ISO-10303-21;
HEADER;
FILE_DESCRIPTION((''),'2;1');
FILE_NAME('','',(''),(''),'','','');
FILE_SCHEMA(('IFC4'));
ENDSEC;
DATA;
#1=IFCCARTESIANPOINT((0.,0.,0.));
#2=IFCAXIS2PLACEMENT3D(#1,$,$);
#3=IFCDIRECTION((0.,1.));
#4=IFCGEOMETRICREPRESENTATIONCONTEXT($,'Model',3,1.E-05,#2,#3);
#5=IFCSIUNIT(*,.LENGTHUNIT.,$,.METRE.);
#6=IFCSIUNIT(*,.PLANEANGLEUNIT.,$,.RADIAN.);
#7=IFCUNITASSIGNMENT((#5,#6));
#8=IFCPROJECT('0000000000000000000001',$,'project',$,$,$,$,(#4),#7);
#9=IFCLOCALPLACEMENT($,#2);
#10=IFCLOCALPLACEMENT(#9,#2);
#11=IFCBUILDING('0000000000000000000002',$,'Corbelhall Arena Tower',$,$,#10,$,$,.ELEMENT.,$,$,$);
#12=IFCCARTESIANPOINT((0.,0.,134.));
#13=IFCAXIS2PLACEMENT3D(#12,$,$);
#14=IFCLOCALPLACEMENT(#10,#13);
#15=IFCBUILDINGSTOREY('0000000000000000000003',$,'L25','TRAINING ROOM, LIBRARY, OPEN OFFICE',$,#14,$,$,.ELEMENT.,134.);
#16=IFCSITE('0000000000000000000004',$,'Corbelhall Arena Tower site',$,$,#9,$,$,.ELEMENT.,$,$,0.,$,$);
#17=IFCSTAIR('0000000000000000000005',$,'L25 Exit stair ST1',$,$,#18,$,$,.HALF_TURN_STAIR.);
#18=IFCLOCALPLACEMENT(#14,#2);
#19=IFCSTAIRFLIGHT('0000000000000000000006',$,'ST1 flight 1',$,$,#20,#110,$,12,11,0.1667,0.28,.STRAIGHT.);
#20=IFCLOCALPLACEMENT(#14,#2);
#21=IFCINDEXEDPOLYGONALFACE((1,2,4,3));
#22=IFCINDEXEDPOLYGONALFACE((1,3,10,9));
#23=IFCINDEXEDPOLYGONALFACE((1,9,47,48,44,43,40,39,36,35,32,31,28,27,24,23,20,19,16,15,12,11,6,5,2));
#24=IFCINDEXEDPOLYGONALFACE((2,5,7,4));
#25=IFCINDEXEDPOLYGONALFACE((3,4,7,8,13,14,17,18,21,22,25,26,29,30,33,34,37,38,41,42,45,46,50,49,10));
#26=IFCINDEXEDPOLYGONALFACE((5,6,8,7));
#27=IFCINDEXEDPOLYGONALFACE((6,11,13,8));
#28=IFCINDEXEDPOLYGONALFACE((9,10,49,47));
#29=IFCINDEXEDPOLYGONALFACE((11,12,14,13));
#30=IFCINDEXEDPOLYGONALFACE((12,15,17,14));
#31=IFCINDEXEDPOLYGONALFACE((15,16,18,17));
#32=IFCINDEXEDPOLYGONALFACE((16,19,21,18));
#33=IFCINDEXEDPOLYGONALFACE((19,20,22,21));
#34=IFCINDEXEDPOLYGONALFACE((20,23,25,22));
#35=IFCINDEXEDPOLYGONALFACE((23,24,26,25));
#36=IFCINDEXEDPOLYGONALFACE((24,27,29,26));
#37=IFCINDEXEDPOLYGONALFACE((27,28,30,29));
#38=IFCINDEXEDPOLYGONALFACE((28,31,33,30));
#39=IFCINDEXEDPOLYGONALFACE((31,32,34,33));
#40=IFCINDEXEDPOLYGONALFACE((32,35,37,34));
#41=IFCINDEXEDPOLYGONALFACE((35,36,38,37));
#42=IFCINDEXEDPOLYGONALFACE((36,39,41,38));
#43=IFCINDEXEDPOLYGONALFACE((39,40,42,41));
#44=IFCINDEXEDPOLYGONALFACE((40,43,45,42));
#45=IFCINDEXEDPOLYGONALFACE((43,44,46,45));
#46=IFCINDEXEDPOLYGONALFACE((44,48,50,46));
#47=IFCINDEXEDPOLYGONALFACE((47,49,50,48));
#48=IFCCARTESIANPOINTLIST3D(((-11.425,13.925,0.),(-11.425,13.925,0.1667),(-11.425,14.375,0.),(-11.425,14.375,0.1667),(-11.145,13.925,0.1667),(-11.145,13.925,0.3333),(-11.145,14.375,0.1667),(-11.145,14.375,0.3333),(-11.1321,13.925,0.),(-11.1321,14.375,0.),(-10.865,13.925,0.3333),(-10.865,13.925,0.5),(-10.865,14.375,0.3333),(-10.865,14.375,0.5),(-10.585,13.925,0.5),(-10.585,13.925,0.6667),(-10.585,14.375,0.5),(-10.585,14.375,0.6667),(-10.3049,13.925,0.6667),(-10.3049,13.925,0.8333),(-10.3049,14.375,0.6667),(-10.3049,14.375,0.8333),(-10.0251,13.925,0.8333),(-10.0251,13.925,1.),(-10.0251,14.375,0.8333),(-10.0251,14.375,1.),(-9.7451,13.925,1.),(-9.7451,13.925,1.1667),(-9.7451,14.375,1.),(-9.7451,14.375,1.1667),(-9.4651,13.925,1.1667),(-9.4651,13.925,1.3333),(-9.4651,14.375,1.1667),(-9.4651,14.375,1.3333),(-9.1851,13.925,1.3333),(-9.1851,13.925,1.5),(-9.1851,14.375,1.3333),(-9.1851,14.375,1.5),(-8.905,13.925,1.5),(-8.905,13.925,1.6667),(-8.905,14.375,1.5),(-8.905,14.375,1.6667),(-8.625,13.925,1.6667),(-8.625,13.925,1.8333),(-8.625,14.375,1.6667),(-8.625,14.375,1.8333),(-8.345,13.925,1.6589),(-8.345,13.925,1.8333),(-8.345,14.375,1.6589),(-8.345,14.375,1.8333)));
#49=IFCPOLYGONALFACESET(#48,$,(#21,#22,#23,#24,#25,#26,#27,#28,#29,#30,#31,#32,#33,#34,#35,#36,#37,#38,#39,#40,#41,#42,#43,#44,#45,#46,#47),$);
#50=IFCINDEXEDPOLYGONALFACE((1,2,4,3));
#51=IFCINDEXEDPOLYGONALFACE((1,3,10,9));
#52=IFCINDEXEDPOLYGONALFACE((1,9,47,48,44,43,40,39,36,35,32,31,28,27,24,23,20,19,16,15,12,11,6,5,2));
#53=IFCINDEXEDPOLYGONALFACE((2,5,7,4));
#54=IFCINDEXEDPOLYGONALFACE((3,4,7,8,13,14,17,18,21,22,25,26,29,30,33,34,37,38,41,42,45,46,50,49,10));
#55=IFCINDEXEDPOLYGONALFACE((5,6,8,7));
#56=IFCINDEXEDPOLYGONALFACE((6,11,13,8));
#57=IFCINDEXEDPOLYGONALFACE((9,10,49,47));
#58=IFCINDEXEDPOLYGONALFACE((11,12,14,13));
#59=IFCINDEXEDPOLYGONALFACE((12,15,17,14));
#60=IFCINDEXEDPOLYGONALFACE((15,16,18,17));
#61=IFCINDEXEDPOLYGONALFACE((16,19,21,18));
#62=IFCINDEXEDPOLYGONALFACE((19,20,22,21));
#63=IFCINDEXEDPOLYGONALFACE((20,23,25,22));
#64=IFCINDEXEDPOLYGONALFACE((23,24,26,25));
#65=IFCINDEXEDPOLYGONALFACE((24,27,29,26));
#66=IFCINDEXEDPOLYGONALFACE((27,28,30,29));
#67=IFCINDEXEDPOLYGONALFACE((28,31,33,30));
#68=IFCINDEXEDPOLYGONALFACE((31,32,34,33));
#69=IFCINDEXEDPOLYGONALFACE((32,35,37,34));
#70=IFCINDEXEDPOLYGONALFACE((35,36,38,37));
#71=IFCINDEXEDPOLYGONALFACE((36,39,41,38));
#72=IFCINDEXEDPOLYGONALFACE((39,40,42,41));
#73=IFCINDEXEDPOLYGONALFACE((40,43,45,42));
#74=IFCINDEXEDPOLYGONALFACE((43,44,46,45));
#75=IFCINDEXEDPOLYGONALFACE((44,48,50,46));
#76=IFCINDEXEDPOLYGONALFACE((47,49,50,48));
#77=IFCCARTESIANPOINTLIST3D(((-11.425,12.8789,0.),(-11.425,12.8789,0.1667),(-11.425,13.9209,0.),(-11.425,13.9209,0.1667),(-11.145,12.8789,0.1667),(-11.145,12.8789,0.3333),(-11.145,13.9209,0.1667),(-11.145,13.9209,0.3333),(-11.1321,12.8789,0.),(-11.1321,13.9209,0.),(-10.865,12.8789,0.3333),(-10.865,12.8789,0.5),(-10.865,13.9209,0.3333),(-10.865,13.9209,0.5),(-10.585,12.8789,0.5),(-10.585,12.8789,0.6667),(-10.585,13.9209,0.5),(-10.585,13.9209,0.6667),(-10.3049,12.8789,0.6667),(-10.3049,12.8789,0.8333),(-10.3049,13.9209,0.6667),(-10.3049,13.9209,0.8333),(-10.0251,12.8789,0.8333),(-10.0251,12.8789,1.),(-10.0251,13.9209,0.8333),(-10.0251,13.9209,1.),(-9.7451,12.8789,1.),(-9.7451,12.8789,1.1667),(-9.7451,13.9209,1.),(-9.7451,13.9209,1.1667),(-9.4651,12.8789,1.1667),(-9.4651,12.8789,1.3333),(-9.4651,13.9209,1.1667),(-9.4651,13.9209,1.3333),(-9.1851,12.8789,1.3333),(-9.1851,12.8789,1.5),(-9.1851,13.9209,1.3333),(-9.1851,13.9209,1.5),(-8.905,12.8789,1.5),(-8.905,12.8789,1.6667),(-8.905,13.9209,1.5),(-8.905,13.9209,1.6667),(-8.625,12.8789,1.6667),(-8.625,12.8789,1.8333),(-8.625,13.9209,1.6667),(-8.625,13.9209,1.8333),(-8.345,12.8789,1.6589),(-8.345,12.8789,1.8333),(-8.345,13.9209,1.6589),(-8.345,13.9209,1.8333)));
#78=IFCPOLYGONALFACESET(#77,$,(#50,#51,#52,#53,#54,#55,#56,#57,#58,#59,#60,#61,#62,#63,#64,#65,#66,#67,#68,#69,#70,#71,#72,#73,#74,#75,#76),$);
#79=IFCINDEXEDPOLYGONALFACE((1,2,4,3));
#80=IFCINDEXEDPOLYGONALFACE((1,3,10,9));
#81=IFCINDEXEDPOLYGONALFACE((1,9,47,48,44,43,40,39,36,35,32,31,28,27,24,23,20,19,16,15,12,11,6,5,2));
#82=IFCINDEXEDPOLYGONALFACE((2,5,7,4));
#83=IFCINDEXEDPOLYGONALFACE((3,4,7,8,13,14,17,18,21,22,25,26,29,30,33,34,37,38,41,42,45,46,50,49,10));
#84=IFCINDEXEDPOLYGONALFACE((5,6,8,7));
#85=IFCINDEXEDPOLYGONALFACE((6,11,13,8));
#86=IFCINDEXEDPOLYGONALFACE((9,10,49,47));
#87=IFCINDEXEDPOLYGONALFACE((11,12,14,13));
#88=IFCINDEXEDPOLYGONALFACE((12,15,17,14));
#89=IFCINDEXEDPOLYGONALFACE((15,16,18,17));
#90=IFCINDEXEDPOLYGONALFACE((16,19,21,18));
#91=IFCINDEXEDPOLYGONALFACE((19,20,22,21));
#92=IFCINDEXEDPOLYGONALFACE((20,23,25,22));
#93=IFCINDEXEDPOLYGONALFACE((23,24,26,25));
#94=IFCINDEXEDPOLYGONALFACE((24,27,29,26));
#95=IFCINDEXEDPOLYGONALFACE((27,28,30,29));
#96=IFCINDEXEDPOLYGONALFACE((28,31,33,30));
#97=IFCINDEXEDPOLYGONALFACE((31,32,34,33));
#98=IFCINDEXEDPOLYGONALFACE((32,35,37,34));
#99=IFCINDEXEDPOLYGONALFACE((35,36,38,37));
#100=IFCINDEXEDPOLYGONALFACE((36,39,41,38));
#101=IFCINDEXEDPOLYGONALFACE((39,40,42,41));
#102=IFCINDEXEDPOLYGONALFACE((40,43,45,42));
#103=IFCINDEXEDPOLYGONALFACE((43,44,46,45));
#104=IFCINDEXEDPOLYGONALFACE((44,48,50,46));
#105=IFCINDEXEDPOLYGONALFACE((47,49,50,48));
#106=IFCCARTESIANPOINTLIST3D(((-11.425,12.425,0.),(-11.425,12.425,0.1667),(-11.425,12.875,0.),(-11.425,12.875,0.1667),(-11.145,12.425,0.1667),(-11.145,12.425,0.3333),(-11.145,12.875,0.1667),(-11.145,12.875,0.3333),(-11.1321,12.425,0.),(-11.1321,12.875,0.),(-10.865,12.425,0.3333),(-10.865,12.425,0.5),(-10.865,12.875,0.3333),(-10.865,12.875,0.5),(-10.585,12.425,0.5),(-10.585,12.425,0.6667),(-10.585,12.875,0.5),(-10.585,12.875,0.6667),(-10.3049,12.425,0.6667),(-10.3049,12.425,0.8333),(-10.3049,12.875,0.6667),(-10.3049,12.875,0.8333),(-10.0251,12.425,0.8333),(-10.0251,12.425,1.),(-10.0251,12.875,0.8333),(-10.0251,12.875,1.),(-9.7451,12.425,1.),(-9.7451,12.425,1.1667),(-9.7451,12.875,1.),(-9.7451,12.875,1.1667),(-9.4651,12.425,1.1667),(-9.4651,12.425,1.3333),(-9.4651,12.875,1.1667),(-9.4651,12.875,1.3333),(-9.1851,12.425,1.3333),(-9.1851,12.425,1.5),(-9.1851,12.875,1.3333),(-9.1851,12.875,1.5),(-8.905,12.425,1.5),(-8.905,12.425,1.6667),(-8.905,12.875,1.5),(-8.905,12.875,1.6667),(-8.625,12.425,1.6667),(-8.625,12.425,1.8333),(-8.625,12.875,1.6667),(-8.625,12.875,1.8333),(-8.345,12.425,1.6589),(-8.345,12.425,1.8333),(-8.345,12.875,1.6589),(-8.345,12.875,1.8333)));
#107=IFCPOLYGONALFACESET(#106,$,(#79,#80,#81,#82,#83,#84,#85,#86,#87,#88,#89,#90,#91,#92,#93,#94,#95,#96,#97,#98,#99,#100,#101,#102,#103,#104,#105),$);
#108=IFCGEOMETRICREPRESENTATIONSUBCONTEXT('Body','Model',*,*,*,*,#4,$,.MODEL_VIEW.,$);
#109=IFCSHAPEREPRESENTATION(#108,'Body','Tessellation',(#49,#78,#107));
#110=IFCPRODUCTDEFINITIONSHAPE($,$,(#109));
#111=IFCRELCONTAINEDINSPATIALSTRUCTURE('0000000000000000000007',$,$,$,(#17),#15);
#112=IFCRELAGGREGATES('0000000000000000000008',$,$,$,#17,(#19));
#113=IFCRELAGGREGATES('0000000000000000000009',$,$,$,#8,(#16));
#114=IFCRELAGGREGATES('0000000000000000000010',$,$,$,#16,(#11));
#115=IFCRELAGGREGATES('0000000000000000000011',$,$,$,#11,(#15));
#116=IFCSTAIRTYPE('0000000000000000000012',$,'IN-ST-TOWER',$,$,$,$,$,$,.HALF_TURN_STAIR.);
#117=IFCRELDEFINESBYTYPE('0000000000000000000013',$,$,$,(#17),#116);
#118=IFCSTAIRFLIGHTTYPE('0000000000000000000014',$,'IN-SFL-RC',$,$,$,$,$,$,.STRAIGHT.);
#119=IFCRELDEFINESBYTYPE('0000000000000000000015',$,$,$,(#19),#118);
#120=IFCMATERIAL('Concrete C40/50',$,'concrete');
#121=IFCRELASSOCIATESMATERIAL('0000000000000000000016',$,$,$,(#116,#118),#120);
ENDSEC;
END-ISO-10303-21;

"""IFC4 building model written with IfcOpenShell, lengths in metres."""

from ifc_helpers import new_model, si_unit, direction, frame, origin, place, context, subcontext, project, spatial, polyline, outline, extrude, material, type_object, element, aggregate, save


model = new_model("IFC4")

# Units and contexts
model_context = context("Model", 3, precision=1e-05, world=origin(), true_north=direction((0.0, 1.0)))
body_context = subcontext(model_context, "Body", "Model", "MODEL_VIEW")
ifc_project = project(units=[si_unit("LENGTHUNIT", "METRE"), si_unit("PLANEANGLEUNIT", "RADIAN")], contexts=[model_context])

# Site, building, storey
site_placement = place(None, origin())
site = spatial("IfcSite", under=ifc_project, at=site_placement, Name="Corbelhall Arena Tower site", CompositionType="ELEMENT", RefElevation=0.0)
building_placement = place(site_placement, origin())
building = spatial("IfcBuilding", under=site, at=building_placement, Name="Corbelhall Arena Tower", CompositionType="ELEMENT")
storey_placement = place(building_placement, frame((0.0, 0.0, 134.0)))
storey = spatial("IfcBuildingStorey", under=building, at=storey_placement, Name="L25", Description="TRAINING ROOM, LIBRARY, OPEN OFFICE", CompositionType="ELEMENT", Elevation=134.0)

# Shared definitions
ifc_material_1 = material(Name="Concrete C40/50", Category="concrete")

# Stair, stair flight
stair_type = type_object("IfcStairType", Name="IN-ST-TOWER", PredefinedType="HALF_TURN_STAIR", material=ifc_material_1)
stair_placement = place(storey_placement, origin())
stair = element("IfcStair", 1, at=stair_placement, inside=storey, type_object=stair_type, Name="L25 Exit stair ST1", PredefinedType="HALF_TURN_STAIR")
stair_flight_type = type_object("IfcStairFlightType", Name="IN-SFL-RC", PredefinedType="STRAIGHT", material=ifc_material_1)
stair_flight_placement = place(storey_placement, frame((-11.425, 13.3999, 0.0), z_axis=(0.0, 0.0, 1.0), x_axis=(1.0, 0.0, 0.0)))
stair_flight = element("IfcStairFlight", 2, at=stair_flight_placement, type_object=stair_flight_type, Name="ST1 flight 1", NumberOfRisers=12, NumberOfTreads=11, PredefinedType="STRAIGHT", RiserHeight=0.1667, TreadLength=0.28, context=body_context, shape_type="SweptSolid", body=[
    extrude(outline(polyline([(0.0, 0.0), (0.0, 0.1667), (0.28, 0.1667), (0.28, 0.3333), (0.5601, 0.3333), (0.5601, 0.5), (0.8401, 0.5), (0.8401, 0.6667), (1.1201, 0.6667), (1.1201, 0.8333), (1.3999, 0.8333), (1.3999, 1.0), (1.6799, 1.0), (1.6799, 1.1667), (1.96, 1.1667), (1.96, 1.3333), (2.24, 1.3333), (2.24, 1.5), (2.52, 1.5), (2.52, 1.6667), (2.8, 1.6667), (2.8, 1.8333), (3.0801, 1.8333), (3.0801, 2.0), (3.0801, 1.6589), (0.293, 0.0), (0.0, 0.0)])), frame((0.0, 0.9751, 0.0), z_axis=(0.0, -1.0, 0.0), x_axis=(1.0, 0.0, 0.0)), (0.0, 0.0, 1.0), 0.45),
    extrude(outline(polyline([(0.0, 0.0), (0.0, 0.1667), (0.28, 0.1667), (0.28, 0.3333), (0.5601, 0.3333), (0.5601, 0.5), (0.8401, 0.5), (0.8401, 0.6667), (1.1201, 0.6667), (1.1201, 0.8333), (1.3999, 0.8333), (1.3999, 1.0), (1.6799, 1.0), (1.6799, 1.1667), (1.96, 1.1667), (1.96, 1.3333), (2.24, 1.3333), (2.24, 1.5), (2.52, 1.5), (2.52, 1.6667), (2.8, 1.6667), (2.8, 1.8333), (3.0801, 1.8333), (3.0801, 2.0), (3.0801, 1.6589), (0.293, 0.0), (0.0, 0.0)])), frame((0.0, 0.521, 0.0), z_axis=(0.0, -1.0, 0.0), x_axis=(1.0, 0.0, 0.0)), (0.0, 0.0, 1.0), 1.042),
    extrude(outline(polyline([(0.0, 0.0), (0.0, 0.1667), (0.28, 0.1667), (0.28, 0.3333), (0.5601, 0.3333), (0.5601, 0.5), (0.8401, 0.5), (0.8401, 0.6667), (1.1201, 0.6667), (1.1201, 0.8333), (1.3999, 0.8333), (1.3999, 1.0), (1.6799, 1.0), (1.6799, 1.1667), (1.96, 1.1667), (1.96, 1.3333), (2.24, 1.3333), (2.24, 1.5), (2.52, 1.5), (2.52, 1.6667), (2.8, 1.6667), (2.8, 1.8333), (3.0801, 1.8333), (3.0801, 2.0), (3.0801, 1.6589), (0.293, 0.0), (0.0, 0.0)])), frame((0.0, -0.5249, 0.0), z_axis=(0.0, -1.0, 0.0), x_axis=(1.0, 0.0, 0.0)), (0.0, 0.0, 1.0), 0.45),
])
aggregate(stair, [stair_flight])

save(model, "model.ifc")
